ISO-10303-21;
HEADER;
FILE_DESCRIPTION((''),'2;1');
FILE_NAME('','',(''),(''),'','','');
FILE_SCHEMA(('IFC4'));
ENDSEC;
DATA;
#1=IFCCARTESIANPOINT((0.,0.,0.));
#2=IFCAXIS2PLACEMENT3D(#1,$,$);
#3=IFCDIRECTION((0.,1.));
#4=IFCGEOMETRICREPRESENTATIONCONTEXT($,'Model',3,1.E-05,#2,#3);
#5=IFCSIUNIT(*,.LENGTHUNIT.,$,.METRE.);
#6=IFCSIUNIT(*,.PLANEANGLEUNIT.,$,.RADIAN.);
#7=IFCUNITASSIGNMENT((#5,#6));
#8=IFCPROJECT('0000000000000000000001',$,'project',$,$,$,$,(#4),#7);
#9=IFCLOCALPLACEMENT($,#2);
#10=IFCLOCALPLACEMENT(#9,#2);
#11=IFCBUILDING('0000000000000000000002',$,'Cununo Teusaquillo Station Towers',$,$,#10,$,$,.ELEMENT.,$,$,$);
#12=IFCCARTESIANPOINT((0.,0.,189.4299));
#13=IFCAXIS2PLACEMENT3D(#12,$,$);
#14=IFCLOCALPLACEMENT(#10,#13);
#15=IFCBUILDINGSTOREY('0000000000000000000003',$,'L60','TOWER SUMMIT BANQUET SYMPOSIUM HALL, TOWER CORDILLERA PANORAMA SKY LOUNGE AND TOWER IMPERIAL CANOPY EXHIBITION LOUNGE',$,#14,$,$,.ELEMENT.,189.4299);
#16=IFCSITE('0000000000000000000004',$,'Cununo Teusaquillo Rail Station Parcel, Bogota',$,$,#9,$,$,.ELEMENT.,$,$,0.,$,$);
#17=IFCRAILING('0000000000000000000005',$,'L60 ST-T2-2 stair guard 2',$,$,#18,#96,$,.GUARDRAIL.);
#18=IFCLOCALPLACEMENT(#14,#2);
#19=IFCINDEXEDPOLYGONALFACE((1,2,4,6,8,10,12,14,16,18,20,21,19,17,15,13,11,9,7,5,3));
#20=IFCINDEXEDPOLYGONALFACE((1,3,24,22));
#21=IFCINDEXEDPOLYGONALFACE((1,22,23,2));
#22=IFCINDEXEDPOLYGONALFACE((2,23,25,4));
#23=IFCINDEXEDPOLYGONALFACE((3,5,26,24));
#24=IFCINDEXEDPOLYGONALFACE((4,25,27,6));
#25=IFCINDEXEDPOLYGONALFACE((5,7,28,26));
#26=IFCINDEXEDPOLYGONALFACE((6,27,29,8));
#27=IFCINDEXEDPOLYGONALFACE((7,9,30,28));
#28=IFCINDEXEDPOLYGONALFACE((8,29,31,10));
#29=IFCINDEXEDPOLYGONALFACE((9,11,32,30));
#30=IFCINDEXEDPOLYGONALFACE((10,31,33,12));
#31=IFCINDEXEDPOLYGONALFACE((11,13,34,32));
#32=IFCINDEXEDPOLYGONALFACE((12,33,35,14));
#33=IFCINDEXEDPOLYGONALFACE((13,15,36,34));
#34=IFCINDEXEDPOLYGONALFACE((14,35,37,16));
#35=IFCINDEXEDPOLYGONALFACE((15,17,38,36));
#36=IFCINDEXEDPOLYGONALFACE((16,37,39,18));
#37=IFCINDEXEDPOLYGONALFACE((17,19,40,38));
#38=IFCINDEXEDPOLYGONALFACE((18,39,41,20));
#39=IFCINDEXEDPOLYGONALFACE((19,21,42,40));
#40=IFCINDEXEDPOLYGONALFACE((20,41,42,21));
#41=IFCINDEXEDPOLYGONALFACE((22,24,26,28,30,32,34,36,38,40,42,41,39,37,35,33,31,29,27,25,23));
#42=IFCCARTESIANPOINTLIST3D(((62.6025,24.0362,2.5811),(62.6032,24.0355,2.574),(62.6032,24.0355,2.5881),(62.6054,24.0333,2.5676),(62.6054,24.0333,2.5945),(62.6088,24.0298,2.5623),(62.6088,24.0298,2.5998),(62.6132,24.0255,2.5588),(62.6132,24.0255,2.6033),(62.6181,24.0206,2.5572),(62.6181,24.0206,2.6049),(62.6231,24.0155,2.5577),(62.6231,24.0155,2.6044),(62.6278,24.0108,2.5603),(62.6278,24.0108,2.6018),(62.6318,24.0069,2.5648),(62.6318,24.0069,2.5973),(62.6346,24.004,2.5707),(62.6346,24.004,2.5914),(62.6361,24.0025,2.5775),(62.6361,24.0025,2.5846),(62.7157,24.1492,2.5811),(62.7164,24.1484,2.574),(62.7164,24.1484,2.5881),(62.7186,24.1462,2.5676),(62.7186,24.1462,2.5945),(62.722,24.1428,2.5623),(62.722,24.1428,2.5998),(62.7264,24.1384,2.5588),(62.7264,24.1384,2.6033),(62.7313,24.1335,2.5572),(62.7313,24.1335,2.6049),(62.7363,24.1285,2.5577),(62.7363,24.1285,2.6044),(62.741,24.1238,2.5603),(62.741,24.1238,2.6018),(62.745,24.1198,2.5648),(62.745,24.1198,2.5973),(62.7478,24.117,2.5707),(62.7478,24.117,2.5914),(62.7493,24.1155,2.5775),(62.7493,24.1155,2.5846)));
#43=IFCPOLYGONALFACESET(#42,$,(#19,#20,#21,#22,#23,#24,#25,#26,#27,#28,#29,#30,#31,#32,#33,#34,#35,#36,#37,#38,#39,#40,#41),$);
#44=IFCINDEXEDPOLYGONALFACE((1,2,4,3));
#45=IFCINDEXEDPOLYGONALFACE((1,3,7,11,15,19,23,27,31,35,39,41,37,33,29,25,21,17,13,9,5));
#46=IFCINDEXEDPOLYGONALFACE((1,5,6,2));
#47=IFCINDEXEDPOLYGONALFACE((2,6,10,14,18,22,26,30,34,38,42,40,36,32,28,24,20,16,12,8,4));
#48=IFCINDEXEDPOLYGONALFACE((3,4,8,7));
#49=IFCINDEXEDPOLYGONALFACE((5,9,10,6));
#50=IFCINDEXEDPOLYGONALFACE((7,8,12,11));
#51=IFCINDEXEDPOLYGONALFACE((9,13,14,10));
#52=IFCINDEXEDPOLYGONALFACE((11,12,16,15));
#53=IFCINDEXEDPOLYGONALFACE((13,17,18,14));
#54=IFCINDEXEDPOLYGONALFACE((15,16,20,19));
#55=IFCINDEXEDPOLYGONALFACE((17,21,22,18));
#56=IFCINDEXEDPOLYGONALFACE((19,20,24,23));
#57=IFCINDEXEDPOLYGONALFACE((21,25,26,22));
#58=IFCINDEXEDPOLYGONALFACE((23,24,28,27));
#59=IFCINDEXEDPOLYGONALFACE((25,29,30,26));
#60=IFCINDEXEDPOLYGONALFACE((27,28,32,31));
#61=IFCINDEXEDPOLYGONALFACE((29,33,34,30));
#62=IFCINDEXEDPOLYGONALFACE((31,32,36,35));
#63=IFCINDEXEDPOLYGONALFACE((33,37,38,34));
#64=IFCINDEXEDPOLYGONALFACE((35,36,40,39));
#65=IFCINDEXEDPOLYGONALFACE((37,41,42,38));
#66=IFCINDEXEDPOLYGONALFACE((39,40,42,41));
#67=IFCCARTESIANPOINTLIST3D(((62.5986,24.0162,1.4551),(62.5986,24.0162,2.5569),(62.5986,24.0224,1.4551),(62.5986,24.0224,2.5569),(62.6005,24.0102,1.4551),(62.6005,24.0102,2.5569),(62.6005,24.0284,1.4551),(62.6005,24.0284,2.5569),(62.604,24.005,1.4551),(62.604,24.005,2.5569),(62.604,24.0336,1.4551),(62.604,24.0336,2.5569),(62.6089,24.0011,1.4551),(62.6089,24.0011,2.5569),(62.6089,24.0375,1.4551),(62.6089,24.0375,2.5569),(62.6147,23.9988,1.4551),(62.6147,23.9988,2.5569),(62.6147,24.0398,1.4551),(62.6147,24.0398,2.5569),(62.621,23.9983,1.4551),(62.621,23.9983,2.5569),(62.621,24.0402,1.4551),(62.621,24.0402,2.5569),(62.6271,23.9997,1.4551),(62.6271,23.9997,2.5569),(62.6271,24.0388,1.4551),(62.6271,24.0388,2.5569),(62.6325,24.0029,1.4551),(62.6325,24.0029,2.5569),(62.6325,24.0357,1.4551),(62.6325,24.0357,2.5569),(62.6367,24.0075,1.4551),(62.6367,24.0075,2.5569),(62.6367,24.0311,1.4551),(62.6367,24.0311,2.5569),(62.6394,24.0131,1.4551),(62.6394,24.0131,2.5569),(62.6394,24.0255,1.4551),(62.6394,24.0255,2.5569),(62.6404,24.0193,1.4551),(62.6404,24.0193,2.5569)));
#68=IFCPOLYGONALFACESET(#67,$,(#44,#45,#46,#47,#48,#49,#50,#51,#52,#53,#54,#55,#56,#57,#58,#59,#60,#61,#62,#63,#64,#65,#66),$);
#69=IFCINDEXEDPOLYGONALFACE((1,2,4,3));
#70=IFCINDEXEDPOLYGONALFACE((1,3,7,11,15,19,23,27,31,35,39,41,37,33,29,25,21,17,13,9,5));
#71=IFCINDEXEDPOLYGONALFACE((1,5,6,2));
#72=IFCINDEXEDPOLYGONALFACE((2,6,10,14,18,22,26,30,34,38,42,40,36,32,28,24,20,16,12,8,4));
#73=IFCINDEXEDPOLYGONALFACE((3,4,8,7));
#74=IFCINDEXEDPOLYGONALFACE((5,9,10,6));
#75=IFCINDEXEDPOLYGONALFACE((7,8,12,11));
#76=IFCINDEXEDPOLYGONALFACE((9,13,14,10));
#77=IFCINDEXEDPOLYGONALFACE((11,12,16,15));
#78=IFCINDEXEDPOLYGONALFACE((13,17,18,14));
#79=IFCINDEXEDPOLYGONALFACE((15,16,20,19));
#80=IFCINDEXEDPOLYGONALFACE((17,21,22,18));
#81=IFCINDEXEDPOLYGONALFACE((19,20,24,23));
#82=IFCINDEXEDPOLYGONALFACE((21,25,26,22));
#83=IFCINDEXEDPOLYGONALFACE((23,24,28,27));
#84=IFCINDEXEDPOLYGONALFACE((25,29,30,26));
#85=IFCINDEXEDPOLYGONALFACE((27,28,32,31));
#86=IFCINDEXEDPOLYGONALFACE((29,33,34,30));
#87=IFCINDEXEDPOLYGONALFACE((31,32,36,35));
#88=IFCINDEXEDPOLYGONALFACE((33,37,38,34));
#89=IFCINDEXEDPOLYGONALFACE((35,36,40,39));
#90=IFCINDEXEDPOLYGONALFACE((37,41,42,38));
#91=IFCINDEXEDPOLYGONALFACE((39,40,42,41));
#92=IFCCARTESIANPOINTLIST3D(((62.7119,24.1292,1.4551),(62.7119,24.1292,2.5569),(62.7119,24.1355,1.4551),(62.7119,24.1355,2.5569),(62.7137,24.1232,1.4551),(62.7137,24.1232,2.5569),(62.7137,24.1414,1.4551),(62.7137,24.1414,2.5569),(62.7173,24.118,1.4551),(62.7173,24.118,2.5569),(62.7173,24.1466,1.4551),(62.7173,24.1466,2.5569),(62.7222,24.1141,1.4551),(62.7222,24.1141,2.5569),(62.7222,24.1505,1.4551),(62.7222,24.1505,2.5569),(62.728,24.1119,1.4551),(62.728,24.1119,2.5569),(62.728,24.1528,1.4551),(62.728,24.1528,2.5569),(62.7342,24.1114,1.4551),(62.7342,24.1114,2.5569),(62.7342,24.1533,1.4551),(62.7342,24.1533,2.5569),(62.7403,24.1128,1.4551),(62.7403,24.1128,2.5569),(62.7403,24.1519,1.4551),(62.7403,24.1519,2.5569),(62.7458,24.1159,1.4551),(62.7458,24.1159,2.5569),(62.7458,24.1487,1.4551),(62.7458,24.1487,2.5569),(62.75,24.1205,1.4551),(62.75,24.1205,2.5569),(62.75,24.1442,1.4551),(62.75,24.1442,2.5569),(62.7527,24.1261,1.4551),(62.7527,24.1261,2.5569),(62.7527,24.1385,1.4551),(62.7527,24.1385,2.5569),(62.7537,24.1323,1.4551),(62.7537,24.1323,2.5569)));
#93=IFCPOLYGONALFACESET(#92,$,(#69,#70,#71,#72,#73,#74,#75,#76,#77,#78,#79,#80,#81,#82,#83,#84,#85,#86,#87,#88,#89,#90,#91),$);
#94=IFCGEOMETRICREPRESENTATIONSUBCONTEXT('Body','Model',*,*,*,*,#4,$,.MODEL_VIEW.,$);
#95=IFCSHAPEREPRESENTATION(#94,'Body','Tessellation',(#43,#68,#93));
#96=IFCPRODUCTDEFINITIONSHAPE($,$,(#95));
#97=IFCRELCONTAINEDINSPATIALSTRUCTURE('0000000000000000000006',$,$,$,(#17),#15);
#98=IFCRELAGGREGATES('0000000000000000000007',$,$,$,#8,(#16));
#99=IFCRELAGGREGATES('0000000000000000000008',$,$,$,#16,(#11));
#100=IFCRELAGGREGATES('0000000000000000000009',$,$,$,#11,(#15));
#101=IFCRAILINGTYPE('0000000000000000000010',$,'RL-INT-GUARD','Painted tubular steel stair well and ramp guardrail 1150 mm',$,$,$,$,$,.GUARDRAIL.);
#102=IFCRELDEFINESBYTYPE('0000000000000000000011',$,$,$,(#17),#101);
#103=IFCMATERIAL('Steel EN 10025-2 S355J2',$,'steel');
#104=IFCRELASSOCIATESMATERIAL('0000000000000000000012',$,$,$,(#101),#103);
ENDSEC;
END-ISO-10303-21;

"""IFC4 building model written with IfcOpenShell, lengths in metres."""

from ifc_helpers import new_model, si_unit, direction, frame, origin, origin_2d, place, context, subcontext, project, spatial, circle, extrude, material, type_object, element, save


model = new_model("IFC4")

# Units and contexts
model_context = context("Model", 3, precision=1e-05, world=origin(), true_north=direction((0.0, 1.0)))
body_context = subcontext(model_context, "Body", "Model", "MODEL_VIEW")
ifc_project = project(units=[si_unit("LENGTHUNIT", "METRE"), si_unit("PLANEANGLEUNIT", "RADIAN")], contexts=[model_context])

# Site, building, storey
site_placement = place(None, origin())
site = spatial("IfcSite", under=ifc_project, at=site_placement, Name="Cununo Teusaquillo Rail Station Parcel, Bogota", CompositionType="ELEMENT", RefElevation=0.0)
building_placement = place(site_placement, origin())
building = spatial("IfcBuilding", under=site, at=building_placement, Name="Cununo Teusaquillo Station Towers", CompositionType="ELEMENT")
storey_placement = place(building_placement, frame((0.0, 0.0, 189.4299)))
storey = spatial("IfcBuildingStorey", under=building, at=storey_placement, Name="L60", Description="TOWER SUMMIT BANQUET SYMPOSIUM HALL, TOWER CORDILLERA PANORAMA SKY LOUNGE AND TOWER IMPERIAL CANOPY EXHIBITION LOUNGE", CompositionType="ELEMENT", Elevation=189.4299)

# Railing
ifc_material_1 = material(Name="Steel EN 10025-2 S355J2", Category="steel")
railing_type_1 = type_object("IfcRailingType", Name="RL-INT-GUARD", Description="Painted tubular steel stair well and ramp guardrail 1150 mm", PredefinedType="GUARDRAIL", material=ifc_material_1)
railing_1_placement = place(storey_placement, frame((62.6194, 24.0193, 1.4551)))
element("IfcRailing", 1, at=railing_1_placement, inside=storey, type_object=railing_type_1, Name="L60 ST-T2-2 stair guard 2", PredefinedType="GUARDRAIL", context=body_context, shape_type="SweptSolid", body=[
    extrude(circle(Radius=0.0239, at=origin_2d()), frame((0.0, 0.0, 1.126), z_axis=(0.707869, 0.706344, 0.0), x_axis=(-0.706344, 0.707869, 0.0)), (0.0, 0.0, 1.0), 0.1599),
    extrude(circle(Radius=0.021, at=origin_2d()), origin(), (0.0, 0.0, 1.0), 1.1018),
    extrude(circle(Radius=0.021, at=origin_2d()), frame((0.1133, 0.113, 0.0)), (0.0, 0.0, 1.0), 1.1018),
])

save(model, "model.ifc")
